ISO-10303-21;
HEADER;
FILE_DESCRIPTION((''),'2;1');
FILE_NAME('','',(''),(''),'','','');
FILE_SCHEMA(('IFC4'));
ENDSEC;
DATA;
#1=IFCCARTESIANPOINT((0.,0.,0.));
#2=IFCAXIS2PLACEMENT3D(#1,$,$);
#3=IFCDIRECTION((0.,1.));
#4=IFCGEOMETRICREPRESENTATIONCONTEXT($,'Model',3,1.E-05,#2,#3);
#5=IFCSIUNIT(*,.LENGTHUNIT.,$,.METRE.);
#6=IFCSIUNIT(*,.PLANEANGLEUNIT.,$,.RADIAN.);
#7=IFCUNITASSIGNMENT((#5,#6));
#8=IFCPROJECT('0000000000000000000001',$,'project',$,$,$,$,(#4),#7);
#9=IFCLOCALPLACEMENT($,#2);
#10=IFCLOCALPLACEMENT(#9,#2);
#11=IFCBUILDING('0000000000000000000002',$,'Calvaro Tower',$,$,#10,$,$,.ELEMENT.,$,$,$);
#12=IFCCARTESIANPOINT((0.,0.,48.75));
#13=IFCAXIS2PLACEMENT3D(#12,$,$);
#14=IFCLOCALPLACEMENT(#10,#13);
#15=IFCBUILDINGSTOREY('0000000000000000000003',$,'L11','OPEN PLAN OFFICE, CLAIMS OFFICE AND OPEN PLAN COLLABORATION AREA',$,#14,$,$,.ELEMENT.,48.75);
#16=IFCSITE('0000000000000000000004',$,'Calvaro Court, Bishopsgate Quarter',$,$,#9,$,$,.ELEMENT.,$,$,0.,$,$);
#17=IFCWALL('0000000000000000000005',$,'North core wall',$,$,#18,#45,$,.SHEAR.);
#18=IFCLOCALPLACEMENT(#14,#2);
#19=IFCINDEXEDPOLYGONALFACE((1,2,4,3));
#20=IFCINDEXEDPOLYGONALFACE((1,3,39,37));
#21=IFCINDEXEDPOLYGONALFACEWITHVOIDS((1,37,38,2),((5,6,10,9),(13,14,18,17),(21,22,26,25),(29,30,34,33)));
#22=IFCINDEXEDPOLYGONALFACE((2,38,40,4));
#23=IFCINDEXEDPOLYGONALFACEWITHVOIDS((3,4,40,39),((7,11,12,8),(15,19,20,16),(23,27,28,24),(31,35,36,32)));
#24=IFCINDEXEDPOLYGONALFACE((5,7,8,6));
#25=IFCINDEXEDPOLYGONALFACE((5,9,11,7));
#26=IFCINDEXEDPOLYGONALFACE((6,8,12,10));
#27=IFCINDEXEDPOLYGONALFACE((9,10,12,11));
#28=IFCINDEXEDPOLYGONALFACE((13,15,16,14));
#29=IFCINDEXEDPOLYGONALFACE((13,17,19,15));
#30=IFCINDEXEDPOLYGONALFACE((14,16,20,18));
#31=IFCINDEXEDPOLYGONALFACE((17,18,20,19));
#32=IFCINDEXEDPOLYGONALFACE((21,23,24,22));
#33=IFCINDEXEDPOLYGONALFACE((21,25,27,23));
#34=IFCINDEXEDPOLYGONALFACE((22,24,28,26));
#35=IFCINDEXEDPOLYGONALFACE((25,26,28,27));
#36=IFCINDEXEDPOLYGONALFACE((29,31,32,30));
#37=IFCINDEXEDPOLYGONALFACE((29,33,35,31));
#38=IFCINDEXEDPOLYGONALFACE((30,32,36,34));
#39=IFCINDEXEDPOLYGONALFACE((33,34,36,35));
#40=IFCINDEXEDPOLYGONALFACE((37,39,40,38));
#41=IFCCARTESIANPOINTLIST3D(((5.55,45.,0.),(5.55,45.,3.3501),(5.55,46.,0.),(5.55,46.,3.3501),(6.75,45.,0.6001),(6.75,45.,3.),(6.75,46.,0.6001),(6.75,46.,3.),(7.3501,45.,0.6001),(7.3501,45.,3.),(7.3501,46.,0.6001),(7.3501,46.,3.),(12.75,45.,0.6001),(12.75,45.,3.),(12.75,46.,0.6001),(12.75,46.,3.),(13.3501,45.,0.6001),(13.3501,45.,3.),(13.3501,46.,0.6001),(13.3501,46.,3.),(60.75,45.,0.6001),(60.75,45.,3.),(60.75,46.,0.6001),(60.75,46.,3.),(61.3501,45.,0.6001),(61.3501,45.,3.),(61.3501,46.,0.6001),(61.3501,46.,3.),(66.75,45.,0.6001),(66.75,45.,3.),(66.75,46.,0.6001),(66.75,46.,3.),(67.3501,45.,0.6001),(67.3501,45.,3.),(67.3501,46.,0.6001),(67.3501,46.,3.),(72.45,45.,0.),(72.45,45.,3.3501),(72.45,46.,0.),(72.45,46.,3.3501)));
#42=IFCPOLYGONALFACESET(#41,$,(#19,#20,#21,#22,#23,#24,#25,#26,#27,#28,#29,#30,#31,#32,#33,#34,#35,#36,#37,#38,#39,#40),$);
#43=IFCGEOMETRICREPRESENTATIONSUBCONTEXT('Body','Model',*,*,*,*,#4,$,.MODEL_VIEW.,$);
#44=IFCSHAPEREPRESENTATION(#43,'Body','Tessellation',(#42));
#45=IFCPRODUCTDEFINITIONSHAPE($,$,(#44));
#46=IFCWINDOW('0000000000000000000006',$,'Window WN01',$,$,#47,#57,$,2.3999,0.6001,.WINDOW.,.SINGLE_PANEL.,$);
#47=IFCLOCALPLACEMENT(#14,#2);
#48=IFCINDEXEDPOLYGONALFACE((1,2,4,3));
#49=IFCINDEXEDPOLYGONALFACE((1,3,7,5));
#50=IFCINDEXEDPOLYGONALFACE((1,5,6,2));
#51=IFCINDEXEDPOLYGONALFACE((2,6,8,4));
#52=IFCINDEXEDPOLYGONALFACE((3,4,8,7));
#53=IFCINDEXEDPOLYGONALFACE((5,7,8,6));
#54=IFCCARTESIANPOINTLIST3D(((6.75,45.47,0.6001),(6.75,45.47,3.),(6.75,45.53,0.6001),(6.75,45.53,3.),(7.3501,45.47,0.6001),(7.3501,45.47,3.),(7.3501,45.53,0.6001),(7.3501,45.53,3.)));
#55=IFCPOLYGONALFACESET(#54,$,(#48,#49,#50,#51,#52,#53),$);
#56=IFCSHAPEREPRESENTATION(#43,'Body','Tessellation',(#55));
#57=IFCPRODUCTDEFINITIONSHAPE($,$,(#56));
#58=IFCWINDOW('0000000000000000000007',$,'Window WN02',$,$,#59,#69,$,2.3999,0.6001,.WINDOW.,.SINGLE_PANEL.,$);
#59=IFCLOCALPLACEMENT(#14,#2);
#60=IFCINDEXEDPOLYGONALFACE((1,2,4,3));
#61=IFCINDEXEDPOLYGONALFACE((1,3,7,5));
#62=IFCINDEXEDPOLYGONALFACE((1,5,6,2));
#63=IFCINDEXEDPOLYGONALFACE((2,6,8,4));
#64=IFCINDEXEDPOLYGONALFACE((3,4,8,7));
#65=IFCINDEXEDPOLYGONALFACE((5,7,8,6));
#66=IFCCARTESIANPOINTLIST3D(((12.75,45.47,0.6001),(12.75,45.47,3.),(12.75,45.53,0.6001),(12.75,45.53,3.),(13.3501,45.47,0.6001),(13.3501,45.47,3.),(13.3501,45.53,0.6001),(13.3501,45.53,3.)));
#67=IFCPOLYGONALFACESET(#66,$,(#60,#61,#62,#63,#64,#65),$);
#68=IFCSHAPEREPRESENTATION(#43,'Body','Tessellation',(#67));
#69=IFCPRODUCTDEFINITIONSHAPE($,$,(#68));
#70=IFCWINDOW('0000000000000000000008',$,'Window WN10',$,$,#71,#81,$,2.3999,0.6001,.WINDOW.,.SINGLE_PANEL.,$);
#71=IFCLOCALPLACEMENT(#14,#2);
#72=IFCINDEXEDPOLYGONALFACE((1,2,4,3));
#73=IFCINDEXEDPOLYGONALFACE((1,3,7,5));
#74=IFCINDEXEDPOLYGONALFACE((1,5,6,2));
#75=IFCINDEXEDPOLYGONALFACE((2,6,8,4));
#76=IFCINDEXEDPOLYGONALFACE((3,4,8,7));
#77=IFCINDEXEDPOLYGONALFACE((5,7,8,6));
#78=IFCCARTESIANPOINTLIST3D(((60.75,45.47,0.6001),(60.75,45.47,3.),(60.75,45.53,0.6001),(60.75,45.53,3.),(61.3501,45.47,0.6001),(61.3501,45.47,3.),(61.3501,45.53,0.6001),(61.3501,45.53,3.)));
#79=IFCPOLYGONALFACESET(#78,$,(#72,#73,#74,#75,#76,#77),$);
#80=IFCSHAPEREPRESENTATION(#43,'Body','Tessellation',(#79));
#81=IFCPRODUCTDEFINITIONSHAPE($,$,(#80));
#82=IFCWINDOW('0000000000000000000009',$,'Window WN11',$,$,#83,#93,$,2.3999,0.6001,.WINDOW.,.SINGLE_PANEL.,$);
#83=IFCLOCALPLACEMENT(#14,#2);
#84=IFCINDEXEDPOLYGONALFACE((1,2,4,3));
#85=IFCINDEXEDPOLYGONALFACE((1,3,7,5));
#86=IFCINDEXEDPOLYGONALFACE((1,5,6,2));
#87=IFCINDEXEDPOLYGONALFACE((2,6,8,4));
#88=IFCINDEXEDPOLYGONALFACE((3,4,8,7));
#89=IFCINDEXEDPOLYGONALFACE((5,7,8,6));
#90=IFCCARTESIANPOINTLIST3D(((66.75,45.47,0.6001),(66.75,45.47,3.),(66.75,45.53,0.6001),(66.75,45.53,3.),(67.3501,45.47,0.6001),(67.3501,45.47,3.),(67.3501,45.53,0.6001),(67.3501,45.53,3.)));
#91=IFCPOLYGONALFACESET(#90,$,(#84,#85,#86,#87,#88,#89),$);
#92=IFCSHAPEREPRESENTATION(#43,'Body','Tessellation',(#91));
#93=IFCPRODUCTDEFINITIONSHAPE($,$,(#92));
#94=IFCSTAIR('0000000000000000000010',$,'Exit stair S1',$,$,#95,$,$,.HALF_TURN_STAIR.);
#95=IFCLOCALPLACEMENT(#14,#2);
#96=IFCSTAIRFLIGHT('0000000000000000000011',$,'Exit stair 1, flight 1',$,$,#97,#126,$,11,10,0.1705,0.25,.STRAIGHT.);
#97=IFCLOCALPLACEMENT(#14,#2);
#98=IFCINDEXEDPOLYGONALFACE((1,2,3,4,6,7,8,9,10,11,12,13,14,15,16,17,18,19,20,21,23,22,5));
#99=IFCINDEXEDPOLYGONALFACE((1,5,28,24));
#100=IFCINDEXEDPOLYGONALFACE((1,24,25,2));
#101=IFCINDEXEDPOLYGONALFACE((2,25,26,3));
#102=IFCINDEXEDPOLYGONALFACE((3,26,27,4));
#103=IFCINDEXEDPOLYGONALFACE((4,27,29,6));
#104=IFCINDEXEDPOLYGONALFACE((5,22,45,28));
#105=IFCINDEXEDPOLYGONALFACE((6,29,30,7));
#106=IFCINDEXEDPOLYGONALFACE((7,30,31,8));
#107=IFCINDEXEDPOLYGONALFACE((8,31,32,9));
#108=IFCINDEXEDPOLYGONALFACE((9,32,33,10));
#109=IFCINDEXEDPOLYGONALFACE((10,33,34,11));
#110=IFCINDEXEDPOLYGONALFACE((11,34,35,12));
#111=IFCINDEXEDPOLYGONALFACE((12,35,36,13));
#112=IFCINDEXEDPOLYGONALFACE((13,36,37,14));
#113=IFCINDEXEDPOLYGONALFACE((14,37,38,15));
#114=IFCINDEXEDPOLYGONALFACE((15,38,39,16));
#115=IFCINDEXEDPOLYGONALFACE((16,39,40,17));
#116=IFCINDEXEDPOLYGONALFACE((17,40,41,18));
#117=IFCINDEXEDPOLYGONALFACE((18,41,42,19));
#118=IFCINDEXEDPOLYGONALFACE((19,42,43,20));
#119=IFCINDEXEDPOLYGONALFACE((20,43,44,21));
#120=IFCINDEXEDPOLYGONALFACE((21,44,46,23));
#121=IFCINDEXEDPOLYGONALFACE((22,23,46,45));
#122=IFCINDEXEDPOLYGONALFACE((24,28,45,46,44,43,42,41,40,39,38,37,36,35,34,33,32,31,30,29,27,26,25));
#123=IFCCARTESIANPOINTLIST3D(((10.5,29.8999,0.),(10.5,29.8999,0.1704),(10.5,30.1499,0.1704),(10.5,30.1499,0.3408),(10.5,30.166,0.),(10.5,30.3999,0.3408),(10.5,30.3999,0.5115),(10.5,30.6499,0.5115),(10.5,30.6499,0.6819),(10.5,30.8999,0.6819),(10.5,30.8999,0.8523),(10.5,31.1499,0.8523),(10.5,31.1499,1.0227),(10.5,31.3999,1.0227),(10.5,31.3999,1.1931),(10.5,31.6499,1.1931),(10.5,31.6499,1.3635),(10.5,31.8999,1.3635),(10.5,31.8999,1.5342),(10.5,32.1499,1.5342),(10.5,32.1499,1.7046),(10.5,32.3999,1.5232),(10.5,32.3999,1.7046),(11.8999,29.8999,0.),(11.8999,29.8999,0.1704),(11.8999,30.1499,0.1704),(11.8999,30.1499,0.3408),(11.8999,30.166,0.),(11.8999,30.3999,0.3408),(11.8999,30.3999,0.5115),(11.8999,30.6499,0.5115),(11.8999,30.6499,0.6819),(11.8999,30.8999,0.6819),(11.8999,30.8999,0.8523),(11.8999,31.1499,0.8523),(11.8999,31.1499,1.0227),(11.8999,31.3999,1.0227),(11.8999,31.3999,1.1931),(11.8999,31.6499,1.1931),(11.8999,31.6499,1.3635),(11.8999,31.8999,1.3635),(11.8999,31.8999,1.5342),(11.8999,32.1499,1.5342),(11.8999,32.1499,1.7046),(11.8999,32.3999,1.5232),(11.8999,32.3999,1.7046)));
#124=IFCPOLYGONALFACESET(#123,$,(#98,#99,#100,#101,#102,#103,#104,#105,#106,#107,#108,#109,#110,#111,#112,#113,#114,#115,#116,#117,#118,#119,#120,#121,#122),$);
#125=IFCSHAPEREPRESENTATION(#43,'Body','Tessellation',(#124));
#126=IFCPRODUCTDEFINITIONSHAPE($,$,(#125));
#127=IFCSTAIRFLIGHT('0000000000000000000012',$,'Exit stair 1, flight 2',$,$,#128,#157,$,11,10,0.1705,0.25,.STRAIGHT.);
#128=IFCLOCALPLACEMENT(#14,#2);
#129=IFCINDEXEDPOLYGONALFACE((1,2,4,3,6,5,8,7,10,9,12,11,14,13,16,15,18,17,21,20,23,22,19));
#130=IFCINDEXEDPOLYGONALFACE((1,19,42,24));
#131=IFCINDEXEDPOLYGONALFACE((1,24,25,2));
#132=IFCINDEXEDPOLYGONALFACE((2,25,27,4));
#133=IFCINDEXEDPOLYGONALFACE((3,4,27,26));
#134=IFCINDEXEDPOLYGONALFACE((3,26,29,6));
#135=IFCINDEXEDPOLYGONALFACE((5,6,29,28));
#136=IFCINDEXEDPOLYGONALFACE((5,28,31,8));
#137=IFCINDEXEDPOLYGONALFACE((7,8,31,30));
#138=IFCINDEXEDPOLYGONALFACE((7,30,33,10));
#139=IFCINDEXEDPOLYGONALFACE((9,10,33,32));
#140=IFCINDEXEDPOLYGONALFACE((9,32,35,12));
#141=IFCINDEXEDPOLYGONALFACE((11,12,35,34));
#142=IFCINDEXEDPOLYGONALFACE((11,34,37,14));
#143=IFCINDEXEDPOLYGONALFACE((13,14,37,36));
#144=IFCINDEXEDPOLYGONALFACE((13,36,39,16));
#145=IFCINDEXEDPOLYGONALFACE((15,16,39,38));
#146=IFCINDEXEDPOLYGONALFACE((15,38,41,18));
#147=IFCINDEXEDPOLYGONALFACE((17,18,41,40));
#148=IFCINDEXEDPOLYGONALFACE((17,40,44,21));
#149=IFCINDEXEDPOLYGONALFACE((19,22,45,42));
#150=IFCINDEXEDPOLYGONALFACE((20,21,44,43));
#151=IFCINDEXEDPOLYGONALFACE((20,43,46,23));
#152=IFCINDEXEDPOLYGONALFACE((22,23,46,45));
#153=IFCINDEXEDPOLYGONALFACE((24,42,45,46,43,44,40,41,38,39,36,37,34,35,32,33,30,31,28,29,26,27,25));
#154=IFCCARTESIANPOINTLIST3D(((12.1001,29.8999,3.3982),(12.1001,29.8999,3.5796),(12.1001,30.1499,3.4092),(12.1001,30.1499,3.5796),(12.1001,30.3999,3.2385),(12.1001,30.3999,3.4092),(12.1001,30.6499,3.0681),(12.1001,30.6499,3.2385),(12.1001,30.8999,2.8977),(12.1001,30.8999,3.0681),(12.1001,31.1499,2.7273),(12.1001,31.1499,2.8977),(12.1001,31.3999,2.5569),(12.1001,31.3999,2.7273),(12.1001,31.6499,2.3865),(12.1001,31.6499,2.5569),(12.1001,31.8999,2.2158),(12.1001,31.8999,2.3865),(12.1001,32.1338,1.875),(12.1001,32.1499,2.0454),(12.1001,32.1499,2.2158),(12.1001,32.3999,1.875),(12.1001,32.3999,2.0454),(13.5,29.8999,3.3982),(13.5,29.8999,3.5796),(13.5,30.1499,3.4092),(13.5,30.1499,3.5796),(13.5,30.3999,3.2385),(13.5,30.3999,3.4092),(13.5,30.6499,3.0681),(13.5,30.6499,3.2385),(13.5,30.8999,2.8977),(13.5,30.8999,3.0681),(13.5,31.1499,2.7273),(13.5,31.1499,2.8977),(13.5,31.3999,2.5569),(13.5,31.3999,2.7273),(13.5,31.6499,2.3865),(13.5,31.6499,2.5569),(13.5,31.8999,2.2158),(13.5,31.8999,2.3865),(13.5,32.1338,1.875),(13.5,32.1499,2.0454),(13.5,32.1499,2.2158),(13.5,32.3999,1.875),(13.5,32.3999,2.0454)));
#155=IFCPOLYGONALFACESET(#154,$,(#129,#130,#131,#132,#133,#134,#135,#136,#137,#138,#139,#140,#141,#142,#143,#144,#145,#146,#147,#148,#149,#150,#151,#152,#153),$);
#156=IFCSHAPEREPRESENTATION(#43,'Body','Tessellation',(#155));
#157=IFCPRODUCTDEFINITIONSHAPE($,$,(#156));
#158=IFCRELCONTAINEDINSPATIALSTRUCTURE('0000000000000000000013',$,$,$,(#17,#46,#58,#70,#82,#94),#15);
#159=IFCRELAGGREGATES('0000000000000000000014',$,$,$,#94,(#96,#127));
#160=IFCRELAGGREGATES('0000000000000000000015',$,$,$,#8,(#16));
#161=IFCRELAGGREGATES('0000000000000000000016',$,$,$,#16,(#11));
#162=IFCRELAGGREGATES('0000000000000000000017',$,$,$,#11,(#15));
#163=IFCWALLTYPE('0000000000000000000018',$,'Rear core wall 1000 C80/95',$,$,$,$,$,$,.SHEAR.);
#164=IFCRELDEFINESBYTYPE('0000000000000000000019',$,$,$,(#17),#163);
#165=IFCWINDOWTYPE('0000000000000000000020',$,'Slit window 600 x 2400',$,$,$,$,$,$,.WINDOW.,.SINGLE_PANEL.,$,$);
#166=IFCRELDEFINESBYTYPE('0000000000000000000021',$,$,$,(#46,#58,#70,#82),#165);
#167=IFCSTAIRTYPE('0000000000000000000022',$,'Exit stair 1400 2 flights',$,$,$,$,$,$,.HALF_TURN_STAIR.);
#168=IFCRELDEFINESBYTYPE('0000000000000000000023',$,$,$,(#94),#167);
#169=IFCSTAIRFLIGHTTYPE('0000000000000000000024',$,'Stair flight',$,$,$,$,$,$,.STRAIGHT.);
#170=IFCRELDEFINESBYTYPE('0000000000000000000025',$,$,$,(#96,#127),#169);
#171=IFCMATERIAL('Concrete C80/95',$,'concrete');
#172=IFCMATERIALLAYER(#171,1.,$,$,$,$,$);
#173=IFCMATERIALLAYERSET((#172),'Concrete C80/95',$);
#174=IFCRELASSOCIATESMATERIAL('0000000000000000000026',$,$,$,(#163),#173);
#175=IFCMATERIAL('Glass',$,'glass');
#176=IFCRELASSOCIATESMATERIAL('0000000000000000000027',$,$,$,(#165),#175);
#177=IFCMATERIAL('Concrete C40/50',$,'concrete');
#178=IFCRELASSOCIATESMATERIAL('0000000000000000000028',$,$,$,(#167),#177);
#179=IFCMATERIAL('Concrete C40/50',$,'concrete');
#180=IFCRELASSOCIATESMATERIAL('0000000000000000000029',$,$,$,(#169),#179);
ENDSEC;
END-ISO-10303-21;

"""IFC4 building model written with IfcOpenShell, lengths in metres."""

from ifc_helpers import new_model, si_unit, direction, frame, frame_2d, origin, place, context, subcontext, project, spatial, polyline, rectangle, outline, extrude, material, layer, layer_set, type_object, element, fill, aggregate, save


model = new_model("IFC4")

# Units and contexts
model_context = context("Model", 3, precision=1e-05, world=origin(), true_north=direction((0.0, 1.0)))
body_context = subcontext(model_context, "Body", "Model", "MODEL_VIEW")
ifc_project = project(units=[si_unit("LENGTHUNIT", "METRE"), si_unit("PLANEANGLEUNIT", "RADIAN")], contexts=[model_context])

# Site, building, storey
site_placement = place(None, origin())
site = spatial("IfcSite", under=ifc_project, at=site_placement, Name="Calvaro Court, Bishopsgate Quarter", CompositionType="ELEMENT", RefElevation=0.0)
building_placement = place(site_placement, origin())
building = spatial("IfcBuilding", under=site, at=building_placement, Name="Calvaro Tower", CompositionType="ELEMENT")
storey_placement = place(building_placement, frame((0.0, 0.0, 48.75)))
storey = spatial("IfcBuildingStorey", under=building, at=storey_placement, Name="L11", Description="OPEN PLAN OFFICE, CLAIMS OFFICE AND OPEN PLAN COLLABORATION AREA", CompositionType="ELEMENT", Elevation=48.75)

# Wall, openings, windows
ifc_material_1 = material(Name="Concrete C80/95", Category="concrete")
ifc_layer_1 = layer(ifc_material_1, 1.0)
ifc_layer_set_1 = layer_set([ifc_layer_1], Name="Concrete C80/95")
wall_type_1 = type_object("IfcWallType", Name="Rear core wall 1000 C80/95", PredefinedType="SHEAR", material=ifc_layer_set_1)
wall_1_placement = place(storey_placement, frame((5.55, 45.5, 0.0), z_axis=(0.0, 0.0, 1.0), x_axis=(1.0, 0.0, 0.0)))
wall_1 = element("IfcWall", 1, at=wall_1_placement, inside=storey, type_object=wall_type_1, Name="North core wall", PredefinedType="SHEAR", context=body_context, shape_type="SweptSolid", body=[
    extrude(rectangle(XDim=66.8999, YDim=1.0, at=frame_2d((33.45, 0.0))), origin(), (0.0, 0.0, 1.0), 3.3501),
])
opening_1_placement = place(wall_1_placement, frame((1.2, 0.0, 0.6001)))
opening_1 = element("IfcOpeningElement", 2, at=opening_1_placement, cuts=wall_1, PredefinedType="OPENING", context=body_context, shape_type="SweptSolid", body=[
    extrude(rectangle(XDim=0.6001, YDim=2.3999, at=frame_2d((0.3, 1.2))), frame((0.0, 0.51, 0.0), z_axis=(0.0, -1.0, 0.0), x_axis=(1.0, 0.0, 0.0)), (0.0, 0.0, 1.0), 1.02),
])
opening_2_placement = place(wall_1_placement, frame((7.2, 0.0, 0.6001)))
opening_2 = element("IfcOpeningElement", 3, at=opening_2_placement, cuts=wall_1, PredefinedType="OPENING", context=body_context, shape_type="SweptSolid", body=[
    extrude(rectangle(XDim=0.6001, YDim=2.3999, at=frame_2d((0.3, 1.2))), frame((0.0, 0.51, 0.0), z_axis=(0.0, -1.0, 0.0), x_axis=(1.0, 0.0, 0.0)), (0.0, 0.0, 1.0), 1.02),
])
opening_3_placement = place(wall_1_placement, frame((55.2, 0.0, 0.6001)))
opening_3 = element("IfcOpeningElement", 4, at=opening_3_placement, cuts=wall_1, PredefinedType="OPENING", context=body_context, shape_type="SweptSolid", body=[
    extrude(rectangle(XDim=0.6001, YDim=2.3999, at=frame_2d((0.3, 1.2))), frame((0.0, 0.51, 0.0), z_axis=(0.0, -1.0, 0.0), x_axis=(1.0, 0.0, 0.0)), (0.0, 0.0, 1.0), 1.02),
])
opening_4_placement = place(wall_1_placement, frame((61.2, 0.0, 0.6001)))
opening_4 = element("IfcOpeningElement", 5, at=opening_4_placement, cuts=wall_1, PredefinedType="OPENING", context=body_context, shape_type="SweptSolid", body=[
    extrude(rectangle(XDim=0.6001, YDim=2.3999, at=frame_2d((0.3, 1.2))), frame((0.0, 0.51, 0.0), z_axis=(0.0, -1.0, 0.0), x_axis=(1.0, 0.0, 0.0)), (0.0, 0.0, 1.0), 1.02),
])
ifc_material_2 = material(Name="Glass", Category="glass")
window_type = type_object("IfcWindowType", Name="Slit window 600 x 2400", PartitioningType="SINGLE_PANEL", PredefinedType="WINDOW", material=ifc_material_2)
window_1_placement = place(opening_1_placement, origin())
window_1 = element("IfcWindow", 6, at=window_1_placement, inside=storey, type_object=window_type, Name="Window WN01", OverallHeight=2.3999, OverallWidth=0.6001, PartitioningType="SINGLE_PANEL", PredefinedType="WINDOW", context=body_context, shape_type="SweptSolid", body=[
    extrude(rectangle(XDim=0.6001, YDim=2.3999, at=frame_2d((0.3, 1.2))), frame((0.0, 0.03, 0.0), z_axis=(0.0, -1.0, 0.0), x_axis=(1.0, 0.0, 0.0)), (0.0, 0.0, 1.0), 0.0601),
])
fill(opening_1, window_1)
window_2_placement = place(opening_2_placement, origin())
window_2 = element("IfcWindow", 7, at=window_2_placement, inside=storey, type_object=window_type, Name="Window WN02", OverallHeight=2.3999, OverallWidth=0.6001, PartitioningType="SINGLE_PANEL", PredefinedType="WINDOW", context=body_context, shape_type="SweptSolid", body=[
    extrude(rectangle(XDim=0.6001, YDim=2.3999, at=frame_2d((0.3, 1.2))), frame((0.0, 0.03, 0.0), z_axis=(0.0, -1.0, 0.0), x_axis=(1.0, 0.0, 0.0)), (0.0, 0.0, 1.0), 0.0601),
])
fill(opening_2, window_2)
window_3_placement = place(opening_3_placement, origin())
window_3 = element("IfcWindow", 8, at=window_3_placement, inside=storey, type_object=window_type, Name="Window WN10", OverallHeight=2.3999, OverallWidth=0.6001, PartitioningType="SINGLE_PANEL", PredefinedType="WINDOW", context=body_context, shape_type="SweptSolid", body=[
    extrude(rectangle(XDim=0.6001, YDim=2.3999, at=frame_2d((0.3, 1.2))), frame((0.0, 0.03, 0.0), z_axis=(0.0, -1.0, 0.0), x_axis=(1.0, 0.0, 0.0)), (0.0, 0.0, 1.0), 0.0601),
])
fill(opening_3, window_3)
window_4_placement = place(opening_4_placement, origin())
window_4 = element("IfcWindow", 9, at=window_4_placement, inside=storey, type_object=window_type, Name="Window WN11", OverallHeight=2.3999, OverallWidth=0.6001, PartitioningType="SINGLE_PANEL", PredefinedType="WINDOW", context=body_context, shape_type="SweptSolid", body=[
    extrude(rectangle(XDim=0.6001, YDim=2.3999, at=frame_2d((0.3, 1.2))), frame((0.0, 0.03, 0.0), z_axis=(0.0, -1.0, 0.0), x_axis=(1.0, 0.0, 0.0)), (0.0, 0.0, 1.0), 0.0601),
])
fill(opening_4, window_4)

# Stair, stair flights
ifc_material_3 = material(Name="Concrete C40/50", Category="concrete")
stair_type = type_object("IfcStairType", Name="Exit stair 1400 2 flights", PredefinedType="HALF_TURN_STAIR", material=ifc_material_3)
stair_placement = place(storey_placement, origin())
stair = element("IfcStair", 10, at=stair_placement, inside=storey, type_object=stair_type, Name="Exit stair S1", PredefinedType="HALF_TURN_STAIR")
ifc_material_4 = material(Name="Concrete C40/50", Category="concrete")
stair_flight_type = type_object("IfcStairFlightType", Name="Stair flight", PredefinedType="STRAIGHT", material=ifc_material_4)
stair_flight_1_placement = place(storey_placement, frame((11.2, 29.8999, 0.0), z_axis=(0.0, 0.0, 1.0), x_axis=(0.0, 1.0, 0.0)))
stair_flight_1 = element("IfcStairFlight", 11, at=stair_flight_1_placement, type_object=stair_flight_type, Name="Exit stair 1, flight 1", NumberOfRisers=11, NumberOfTreads=10, PredefinedType="STRAIGHT", RiserHeight=0.1705, TreadLength=0.25, context=body_context, shape_type="SweptSolid", body=[
    extrude(outline(polyline([(0.0, 0.0), (0.0, 0.1704), (0.25, 0.1704), (0.25, 0.3408), (0.5, 0.3408), (0.5, 0.5115), (0.75, 0.5115), (0.75, 0.6819), (1.0, 0.6819), (1.0, 0.8523), (1.25, 0.8523), (1.25, 1.0227), (1.5, 1.0227), (1.5, 1.1931), (1.75, 1.1931), (1.75, 1.3635), (2.0, 1.3635), (2.0, 1.5342), (2.25, 1.5342), (2.25, 1.7046), (2.5, 1.7046), (2.5, 1.875), (2.5, 1.5232), (0.2661, 0.0), (0.0, 0.0)])), frame((0.0, 0.7, 0.0), z_axis=(0.0, -1.0, 0.0), x_axis=(1.0, 0.0, 0.0)), (0.0, 0.0, 1.0), 1.3999),
])
stair_flight_2_placement = place(storey_placement, frame((12.8, 32.3999, 1.875), z_axis=(0.0, 0.0, 1.0), x_axis=(0.0, -1.0, 0.0)))
stair_flight_2 = element("IfcStairFlight", 12, at=stair_flight_2_placement, type_object=stair_flight_type, Name="Exit stair 1, flight 2", NumberOfRisers=11, NumberOfTreads=10, PredefinedType="STRAIGHT", RiserHeight=0.1705, TreadLength=0.25, context=body_context, shape_type="SweptSolid", body=[
    extrude(outline(polyline([(0.0, 0.0), (0.0, 0.1704), (0.25, 0.1704), (0.25, 0.3408), (0.5, 0.3408), (0.5, 0.5115), (0.75, 0.5115), (0.75, 0.6819), (1.0, 0.6819), (1.0, 0.8523), (1.25, 0.8523), (1.25, 1.0227), (1.5, 1.0227), (1.5, 1.1931), (1.75, 1.1931), (1.75, 1.3635), (2.0, 1.3635), (2.0, 1.5342), (2.25, 1.5342), (2.25, 1.7046), (2.5, 1.7046), (2.5, 1.875), (2.5, 1.5232), (0.2661, 0.0), (0.0, 0.0)])), frame((0.0, 0.7, 0.0), z_axis=(0.0, -1.0, 0.0), x_axis=(1.0, 0.0, 0.0)), (0.0, 0.0, 1.0), 1.3999),
])
aggregate(stair, [stair_flight_1, stair_flight_2])

save(model, "model.ifc")
